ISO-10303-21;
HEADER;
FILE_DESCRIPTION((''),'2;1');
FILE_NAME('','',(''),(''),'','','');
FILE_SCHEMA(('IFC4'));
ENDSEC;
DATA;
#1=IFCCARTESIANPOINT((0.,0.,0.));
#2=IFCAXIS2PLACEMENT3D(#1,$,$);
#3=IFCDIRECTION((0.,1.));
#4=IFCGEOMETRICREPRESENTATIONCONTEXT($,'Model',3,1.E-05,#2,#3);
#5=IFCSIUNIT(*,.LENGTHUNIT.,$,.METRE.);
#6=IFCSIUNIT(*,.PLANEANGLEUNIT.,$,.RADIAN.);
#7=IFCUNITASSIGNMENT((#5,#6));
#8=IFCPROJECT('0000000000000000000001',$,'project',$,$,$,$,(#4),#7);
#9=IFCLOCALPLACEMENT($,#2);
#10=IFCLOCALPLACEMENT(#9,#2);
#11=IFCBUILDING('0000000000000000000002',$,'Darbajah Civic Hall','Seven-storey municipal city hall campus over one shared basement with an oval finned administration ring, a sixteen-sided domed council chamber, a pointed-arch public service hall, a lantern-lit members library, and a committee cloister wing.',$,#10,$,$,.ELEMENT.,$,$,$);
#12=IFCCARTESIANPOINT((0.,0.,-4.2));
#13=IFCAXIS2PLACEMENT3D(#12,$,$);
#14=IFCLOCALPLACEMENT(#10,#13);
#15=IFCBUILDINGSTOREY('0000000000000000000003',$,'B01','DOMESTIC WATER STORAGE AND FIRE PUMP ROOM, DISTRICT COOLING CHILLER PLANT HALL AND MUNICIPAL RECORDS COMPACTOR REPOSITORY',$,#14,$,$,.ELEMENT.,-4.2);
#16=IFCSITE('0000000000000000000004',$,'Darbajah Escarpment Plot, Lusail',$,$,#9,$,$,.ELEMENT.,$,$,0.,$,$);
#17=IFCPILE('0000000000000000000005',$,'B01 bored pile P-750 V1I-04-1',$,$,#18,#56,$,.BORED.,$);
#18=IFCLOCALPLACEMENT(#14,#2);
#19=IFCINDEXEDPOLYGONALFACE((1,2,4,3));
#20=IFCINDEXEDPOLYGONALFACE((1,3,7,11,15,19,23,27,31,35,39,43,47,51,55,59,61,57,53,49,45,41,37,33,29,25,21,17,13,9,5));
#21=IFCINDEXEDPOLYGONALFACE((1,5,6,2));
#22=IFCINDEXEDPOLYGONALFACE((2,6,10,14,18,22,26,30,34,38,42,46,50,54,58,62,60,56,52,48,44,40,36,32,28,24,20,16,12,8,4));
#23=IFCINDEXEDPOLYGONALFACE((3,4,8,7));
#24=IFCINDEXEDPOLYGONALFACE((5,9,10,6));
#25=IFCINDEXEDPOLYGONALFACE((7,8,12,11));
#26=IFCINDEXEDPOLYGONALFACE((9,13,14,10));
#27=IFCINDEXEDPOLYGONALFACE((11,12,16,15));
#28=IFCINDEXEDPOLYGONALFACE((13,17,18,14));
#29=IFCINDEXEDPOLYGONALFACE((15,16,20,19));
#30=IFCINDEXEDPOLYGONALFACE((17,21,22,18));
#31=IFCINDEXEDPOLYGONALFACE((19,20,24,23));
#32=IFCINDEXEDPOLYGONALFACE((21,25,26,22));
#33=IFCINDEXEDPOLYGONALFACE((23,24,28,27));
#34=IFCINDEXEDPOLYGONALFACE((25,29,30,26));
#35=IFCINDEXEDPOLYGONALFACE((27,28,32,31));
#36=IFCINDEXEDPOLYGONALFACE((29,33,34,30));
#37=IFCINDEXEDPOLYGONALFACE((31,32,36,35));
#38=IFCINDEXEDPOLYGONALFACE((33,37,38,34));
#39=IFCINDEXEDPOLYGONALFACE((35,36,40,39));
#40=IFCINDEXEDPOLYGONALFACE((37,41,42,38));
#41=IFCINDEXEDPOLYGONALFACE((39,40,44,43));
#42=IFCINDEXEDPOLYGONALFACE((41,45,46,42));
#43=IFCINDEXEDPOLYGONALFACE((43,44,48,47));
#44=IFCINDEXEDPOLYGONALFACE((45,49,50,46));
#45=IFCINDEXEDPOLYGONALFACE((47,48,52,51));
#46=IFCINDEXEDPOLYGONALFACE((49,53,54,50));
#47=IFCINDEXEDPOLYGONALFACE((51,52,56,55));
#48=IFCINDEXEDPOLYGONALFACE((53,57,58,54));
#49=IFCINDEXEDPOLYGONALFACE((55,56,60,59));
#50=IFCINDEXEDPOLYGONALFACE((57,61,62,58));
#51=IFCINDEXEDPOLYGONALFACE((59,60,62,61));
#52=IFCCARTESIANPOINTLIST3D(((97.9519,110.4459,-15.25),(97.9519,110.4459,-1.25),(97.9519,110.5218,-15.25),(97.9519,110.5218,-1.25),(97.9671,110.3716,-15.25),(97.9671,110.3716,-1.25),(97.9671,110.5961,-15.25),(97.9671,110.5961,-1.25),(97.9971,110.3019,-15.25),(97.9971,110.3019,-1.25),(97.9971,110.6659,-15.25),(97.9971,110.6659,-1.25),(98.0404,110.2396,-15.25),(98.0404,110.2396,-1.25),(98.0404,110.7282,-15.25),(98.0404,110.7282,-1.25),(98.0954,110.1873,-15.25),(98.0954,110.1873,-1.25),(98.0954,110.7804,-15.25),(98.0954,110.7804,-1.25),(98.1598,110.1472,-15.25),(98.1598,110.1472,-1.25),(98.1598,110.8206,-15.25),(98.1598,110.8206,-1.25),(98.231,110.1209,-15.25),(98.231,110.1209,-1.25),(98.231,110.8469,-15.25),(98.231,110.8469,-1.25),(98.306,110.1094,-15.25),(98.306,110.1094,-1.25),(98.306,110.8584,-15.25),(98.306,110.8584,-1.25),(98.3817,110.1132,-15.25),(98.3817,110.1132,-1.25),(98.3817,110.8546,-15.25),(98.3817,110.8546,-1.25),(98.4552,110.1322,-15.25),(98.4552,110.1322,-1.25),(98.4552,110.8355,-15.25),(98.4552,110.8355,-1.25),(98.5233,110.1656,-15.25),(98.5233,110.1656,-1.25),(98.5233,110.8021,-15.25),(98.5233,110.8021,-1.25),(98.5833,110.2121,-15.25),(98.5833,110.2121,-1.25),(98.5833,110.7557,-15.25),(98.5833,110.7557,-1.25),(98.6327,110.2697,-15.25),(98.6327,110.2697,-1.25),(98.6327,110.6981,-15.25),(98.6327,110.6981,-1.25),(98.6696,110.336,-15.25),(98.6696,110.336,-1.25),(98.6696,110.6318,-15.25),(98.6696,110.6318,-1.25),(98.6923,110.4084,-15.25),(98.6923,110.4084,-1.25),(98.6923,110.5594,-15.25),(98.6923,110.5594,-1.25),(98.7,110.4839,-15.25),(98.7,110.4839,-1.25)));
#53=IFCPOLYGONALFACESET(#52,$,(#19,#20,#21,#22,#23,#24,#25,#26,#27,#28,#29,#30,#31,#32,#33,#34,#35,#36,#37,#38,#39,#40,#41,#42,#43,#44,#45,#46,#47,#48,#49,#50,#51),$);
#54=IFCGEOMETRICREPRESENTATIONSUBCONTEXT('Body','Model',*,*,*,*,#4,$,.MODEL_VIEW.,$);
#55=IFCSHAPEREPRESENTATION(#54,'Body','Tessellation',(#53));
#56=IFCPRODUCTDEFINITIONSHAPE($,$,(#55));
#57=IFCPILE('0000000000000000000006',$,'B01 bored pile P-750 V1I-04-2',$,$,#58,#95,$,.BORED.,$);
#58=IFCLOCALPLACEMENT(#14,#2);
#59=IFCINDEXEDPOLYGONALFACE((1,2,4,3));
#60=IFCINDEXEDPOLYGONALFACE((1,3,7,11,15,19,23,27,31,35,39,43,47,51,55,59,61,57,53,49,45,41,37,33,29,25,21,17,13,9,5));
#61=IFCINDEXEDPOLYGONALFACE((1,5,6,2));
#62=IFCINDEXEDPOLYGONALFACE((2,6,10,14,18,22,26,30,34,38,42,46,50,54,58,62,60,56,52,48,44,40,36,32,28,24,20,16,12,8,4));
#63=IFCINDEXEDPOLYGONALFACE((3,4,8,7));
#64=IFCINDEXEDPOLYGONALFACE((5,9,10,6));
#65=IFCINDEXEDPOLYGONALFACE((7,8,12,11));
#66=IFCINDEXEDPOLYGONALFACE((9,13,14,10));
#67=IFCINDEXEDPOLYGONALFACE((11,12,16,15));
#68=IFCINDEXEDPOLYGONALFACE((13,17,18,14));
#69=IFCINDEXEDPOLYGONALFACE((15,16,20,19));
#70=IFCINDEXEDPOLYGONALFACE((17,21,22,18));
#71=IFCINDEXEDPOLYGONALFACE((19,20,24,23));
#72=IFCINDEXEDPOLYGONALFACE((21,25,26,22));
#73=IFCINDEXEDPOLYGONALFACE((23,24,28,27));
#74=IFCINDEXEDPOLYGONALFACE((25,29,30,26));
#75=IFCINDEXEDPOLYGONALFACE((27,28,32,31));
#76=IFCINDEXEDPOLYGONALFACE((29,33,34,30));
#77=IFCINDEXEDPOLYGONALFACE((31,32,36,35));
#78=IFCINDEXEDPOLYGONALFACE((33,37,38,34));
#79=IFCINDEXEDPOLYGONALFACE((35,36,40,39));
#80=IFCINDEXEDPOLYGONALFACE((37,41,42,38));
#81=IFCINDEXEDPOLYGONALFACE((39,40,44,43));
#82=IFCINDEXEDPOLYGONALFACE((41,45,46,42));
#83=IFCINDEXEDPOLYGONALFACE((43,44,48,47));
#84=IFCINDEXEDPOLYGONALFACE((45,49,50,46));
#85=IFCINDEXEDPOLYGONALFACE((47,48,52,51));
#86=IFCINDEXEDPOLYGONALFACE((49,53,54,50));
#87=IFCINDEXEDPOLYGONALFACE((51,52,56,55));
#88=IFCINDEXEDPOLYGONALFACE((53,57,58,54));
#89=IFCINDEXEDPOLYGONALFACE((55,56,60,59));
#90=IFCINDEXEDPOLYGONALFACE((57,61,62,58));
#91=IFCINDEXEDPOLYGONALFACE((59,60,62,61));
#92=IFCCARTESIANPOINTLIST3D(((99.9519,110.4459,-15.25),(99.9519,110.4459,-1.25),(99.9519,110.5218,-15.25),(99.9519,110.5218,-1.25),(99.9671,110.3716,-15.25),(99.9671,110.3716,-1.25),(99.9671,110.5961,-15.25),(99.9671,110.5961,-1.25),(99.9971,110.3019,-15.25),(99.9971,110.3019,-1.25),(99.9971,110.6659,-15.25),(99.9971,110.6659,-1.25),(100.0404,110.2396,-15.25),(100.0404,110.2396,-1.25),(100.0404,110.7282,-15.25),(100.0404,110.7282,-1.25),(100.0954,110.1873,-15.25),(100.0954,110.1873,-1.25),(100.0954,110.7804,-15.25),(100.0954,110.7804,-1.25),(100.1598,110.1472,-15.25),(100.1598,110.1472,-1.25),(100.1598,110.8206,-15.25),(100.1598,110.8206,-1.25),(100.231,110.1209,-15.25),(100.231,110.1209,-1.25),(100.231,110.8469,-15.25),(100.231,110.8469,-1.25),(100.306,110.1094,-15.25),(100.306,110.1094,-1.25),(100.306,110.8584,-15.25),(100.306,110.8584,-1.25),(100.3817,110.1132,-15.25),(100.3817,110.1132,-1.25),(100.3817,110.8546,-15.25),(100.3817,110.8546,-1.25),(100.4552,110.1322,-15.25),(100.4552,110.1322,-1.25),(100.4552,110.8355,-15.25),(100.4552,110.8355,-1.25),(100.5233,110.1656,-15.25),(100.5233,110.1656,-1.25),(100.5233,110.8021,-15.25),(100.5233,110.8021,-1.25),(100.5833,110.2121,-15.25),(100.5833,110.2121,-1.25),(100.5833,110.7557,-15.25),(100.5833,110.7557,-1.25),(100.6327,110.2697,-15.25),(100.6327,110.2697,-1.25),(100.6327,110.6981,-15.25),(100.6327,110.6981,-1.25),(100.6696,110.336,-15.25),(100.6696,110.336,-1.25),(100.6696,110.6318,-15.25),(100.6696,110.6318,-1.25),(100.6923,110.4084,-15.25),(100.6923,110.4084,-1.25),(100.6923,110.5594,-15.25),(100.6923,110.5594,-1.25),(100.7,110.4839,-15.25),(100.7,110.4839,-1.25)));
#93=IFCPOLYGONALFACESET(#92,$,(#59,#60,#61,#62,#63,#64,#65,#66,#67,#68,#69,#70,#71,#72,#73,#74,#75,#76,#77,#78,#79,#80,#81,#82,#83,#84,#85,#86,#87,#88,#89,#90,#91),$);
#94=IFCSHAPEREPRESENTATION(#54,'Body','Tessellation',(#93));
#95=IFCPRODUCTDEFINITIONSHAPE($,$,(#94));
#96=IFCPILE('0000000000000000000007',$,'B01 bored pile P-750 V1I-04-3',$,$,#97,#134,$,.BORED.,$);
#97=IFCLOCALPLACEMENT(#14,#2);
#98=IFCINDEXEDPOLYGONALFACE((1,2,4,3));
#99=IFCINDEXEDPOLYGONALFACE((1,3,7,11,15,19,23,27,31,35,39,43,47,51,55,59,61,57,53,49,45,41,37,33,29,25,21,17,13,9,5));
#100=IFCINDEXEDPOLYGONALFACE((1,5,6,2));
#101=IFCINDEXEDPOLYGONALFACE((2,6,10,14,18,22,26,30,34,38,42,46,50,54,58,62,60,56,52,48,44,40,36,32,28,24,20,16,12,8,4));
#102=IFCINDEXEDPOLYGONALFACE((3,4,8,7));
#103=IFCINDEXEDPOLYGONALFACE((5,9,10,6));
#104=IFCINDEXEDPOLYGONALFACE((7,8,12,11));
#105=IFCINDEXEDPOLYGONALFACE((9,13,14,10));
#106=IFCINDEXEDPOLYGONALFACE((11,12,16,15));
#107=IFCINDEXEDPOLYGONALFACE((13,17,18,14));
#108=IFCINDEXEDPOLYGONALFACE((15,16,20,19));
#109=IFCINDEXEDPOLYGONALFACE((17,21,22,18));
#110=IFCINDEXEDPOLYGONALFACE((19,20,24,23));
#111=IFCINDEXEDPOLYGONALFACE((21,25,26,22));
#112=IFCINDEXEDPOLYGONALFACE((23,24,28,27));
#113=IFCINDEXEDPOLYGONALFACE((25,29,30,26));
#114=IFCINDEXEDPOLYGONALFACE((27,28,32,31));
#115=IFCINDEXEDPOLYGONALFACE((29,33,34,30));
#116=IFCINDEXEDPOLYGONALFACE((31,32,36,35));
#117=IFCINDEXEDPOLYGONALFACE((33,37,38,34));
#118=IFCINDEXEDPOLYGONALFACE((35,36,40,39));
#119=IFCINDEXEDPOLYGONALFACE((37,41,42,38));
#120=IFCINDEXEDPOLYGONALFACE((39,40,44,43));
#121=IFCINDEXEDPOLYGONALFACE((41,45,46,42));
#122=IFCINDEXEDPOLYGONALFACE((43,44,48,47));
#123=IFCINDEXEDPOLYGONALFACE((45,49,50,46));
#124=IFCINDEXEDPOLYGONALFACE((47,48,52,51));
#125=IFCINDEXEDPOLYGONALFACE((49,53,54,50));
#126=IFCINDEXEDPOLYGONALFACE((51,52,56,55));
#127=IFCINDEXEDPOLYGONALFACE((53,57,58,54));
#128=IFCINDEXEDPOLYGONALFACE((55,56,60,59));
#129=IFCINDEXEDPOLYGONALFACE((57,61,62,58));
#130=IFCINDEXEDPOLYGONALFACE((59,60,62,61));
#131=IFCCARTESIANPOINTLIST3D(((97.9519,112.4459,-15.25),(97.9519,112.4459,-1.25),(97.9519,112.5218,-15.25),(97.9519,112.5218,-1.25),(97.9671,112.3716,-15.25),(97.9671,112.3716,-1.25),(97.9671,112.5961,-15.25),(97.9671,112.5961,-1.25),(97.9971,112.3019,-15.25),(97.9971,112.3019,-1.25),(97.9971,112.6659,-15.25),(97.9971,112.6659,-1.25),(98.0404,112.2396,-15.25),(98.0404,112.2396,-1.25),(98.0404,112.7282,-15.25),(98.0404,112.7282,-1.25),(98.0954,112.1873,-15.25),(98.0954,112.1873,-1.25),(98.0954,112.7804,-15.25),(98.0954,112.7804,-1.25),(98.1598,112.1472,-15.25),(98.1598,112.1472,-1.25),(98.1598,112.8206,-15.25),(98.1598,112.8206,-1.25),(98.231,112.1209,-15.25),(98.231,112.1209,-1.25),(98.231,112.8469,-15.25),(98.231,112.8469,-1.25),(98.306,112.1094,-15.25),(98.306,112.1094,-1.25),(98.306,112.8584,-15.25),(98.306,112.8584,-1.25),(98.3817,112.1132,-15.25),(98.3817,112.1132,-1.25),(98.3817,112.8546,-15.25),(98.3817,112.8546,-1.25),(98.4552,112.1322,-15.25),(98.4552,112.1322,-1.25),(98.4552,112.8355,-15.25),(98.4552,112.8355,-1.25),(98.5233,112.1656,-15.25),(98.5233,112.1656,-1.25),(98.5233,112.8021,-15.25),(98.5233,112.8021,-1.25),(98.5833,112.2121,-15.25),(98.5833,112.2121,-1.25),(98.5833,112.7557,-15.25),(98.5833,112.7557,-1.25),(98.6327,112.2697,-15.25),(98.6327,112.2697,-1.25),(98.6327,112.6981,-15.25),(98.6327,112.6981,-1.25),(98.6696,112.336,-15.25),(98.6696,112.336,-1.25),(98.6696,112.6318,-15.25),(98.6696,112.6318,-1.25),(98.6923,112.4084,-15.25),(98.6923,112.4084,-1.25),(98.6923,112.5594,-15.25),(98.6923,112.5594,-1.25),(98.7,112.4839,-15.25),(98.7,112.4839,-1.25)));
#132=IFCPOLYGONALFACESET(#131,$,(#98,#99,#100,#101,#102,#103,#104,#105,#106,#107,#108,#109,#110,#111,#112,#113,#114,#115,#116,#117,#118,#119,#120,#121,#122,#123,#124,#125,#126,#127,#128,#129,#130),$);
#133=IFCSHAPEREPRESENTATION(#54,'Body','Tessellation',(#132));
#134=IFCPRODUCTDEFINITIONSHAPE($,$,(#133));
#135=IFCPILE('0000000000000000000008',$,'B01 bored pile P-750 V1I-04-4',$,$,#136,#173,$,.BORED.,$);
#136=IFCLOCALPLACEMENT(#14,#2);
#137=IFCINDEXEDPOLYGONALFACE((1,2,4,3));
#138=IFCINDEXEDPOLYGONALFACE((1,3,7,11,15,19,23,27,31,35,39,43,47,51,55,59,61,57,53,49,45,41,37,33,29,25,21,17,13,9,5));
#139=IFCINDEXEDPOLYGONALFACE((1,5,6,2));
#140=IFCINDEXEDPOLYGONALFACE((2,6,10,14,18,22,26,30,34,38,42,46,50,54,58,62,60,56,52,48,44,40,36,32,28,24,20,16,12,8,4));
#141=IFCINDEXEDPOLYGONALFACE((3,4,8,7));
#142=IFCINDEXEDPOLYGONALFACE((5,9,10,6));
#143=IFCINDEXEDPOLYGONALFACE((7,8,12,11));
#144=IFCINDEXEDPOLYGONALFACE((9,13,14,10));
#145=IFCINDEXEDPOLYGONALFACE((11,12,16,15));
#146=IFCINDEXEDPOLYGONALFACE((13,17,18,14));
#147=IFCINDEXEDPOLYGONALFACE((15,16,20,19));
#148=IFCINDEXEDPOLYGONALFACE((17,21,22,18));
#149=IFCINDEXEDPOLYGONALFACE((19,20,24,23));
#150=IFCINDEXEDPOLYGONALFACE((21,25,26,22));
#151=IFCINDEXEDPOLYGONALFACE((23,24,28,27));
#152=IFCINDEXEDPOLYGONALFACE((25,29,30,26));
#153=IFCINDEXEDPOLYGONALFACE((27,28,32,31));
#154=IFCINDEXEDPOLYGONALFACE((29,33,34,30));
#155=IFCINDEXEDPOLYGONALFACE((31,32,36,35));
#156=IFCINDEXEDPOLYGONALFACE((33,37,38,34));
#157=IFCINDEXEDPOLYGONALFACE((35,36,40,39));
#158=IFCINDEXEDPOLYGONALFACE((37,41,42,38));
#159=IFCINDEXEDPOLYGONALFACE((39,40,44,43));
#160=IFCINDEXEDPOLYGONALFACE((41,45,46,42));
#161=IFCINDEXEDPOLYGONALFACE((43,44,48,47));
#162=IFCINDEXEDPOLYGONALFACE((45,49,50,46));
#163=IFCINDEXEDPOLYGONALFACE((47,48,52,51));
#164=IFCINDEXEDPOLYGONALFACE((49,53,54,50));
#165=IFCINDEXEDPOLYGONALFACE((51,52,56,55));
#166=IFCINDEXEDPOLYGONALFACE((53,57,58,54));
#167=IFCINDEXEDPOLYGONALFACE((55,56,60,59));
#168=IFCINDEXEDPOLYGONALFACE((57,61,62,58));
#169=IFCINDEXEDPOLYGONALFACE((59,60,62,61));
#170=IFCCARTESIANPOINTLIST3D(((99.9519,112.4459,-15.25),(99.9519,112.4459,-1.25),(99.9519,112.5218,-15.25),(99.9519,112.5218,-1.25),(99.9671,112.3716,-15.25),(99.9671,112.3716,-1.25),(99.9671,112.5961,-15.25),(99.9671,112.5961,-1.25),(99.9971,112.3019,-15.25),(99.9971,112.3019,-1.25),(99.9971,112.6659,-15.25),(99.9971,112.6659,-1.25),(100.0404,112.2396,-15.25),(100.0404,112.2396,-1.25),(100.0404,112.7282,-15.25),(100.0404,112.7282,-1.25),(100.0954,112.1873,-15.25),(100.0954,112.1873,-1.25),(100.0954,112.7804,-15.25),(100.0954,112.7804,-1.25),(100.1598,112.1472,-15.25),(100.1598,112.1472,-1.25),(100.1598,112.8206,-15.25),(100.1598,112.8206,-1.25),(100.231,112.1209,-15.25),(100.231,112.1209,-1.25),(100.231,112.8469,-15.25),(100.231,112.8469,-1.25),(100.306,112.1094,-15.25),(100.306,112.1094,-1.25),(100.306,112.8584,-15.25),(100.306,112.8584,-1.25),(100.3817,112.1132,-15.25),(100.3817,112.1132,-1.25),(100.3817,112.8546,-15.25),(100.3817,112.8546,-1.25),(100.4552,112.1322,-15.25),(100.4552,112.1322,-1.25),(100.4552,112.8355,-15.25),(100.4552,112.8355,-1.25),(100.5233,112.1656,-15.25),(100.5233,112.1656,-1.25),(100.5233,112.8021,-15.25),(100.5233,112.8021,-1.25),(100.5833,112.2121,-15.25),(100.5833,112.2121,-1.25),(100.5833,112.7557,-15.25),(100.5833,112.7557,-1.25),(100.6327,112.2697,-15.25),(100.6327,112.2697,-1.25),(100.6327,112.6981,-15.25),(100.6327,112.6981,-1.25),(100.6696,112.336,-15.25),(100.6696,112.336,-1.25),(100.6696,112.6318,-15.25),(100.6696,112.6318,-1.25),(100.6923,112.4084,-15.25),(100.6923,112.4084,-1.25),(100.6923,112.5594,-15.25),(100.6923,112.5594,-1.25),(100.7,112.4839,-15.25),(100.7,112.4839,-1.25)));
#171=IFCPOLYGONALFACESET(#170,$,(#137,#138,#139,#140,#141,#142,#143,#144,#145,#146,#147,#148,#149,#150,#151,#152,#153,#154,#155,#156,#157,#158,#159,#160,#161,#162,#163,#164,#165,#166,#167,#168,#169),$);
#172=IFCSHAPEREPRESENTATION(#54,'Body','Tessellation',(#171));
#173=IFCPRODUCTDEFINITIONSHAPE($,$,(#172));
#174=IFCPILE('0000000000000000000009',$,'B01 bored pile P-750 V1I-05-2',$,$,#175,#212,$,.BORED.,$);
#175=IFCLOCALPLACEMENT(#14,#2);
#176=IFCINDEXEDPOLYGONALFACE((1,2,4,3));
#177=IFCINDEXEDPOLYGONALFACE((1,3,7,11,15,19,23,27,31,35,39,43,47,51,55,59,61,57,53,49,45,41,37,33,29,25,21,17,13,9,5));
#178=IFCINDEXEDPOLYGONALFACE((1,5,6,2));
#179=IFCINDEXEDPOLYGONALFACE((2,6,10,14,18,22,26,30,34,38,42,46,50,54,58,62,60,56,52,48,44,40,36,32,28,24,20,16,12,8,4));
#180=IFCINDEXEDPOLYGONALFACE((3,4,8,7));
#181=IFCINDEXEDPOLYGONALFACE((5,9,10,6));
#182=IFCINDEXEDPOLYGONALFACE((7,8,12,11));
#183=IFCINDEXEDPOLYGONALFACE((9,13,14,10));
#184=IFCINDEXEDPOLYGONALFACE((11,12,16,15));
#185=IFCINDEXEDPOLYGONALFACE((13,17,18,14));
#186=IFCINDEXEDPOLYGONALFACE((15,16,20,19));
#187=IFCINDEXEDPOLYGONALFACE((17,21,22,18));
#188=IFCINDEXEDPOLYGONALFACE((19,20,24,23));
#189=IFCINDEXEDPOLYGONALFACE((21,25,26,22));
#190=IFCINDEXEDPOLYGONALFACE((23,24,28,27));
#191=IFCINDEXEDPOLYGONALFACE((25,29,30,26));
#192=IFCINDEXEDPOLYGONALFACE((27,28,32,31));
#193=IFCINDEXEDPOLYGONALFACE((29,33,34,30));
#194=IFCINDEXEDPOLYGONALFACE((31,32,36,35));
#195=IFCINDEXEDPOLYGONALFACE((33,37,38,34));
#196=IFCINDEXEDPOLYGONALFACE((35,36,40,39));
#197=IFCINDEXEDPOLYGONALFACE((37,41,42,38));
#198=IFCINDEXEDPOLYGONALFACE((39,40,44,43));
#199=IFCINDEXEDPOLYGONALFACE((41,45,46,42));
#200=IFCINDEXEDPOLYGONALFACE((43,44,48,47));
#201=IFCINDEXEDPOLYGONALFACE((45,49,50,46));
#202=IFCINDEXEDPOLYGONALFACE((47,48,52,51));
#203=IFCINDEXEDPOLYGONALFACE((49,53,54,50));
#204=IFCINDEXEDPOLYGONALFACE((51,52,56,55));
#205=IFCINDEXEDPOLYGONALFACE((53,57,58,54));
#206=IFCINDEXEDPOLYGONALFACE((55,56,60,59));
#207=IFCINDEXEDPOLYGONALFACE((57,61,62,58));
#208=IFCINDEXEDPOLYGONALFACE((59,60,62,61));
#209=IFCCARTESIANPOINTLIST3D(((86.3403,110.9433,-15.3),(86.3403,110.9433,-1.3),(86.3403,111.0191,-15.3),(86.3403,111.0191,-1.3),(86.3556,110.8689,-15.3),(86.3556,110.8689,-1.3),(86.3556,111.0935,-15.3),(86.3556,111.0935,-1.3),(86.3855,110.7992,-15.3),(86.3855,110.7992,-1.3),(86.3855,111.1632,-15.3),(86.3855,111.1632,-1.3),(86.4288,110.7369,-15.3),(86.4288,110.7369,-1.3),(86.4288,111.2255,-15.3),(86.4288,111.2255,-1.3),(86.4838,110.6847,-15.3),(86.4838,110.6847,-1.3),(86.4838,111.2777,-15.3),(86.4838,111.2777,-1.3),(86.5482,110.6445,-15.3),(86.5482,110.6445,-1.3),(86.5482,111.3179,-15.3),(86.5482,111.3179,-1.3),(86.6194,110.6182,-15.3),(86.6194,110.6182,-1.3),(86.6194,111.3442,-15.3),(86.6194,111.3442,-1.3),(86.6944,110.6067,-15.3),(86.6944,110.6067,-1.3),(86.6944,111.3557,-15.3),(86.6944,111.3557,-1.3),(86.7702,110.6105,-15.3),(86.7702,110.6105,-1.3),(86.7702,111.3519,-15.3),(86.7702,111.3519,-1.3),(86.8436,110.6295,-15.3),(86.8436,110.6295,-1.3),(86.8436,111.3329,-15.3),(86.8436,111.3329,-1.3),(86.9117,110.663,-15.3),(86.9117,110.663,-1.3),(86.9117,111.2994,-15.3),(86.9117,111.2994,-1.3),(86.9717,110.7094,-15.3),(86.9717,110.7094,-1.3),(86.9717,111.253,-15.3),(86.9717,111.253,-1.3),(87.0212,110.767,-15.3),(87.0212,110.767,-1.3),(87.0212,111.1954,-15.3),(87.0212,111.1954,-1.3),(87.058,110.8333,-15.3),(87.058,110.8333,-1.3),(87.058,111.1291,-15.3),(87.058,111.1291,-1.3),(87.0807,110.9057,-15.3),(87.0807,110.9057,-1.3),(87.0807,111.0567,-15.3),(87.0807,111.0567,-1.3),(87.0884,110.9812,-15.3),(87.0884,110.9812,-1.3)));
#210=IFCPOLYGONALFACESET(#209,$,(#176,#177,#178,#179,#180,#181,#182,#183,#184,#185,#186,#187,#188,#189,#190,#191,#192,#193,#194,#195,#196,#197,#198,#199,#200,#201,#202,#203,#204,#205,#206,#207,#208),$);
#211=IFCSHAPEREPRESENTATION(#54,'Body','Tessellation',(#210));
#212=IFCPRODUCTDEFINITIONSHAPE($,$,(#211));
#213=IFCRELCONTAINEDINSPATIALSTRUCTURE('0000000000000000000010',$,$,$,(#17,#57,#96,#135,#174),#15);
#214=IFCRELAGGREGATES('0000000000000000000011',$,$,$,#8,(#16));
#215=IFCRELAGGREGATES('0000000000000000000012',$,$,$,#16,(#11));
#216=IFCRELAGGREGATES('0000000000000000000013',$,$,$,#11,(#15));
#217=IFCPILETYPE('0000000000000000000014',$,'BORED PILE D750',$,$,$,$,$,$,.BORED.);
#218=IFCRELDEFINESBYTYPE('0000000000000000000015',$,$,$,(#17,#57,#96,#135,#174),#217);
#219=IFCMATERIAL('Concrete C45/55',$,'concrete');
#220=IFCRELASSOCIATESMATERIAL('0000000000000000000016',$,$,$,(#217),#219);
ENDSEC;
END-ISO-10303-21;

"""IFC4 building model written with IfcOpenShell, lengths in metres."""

from ifc_helpers import new_model, si_unit, direction, frame, origin, origin_2d, place, context, subcontext, project, spatial, circle, extrude, material, material_profile, profile_set, type_object, element, save


model = new_model("IFC4")

# Units and contexts
model_context = context("Model", 3, precision=1e-05, world=origin(), true_north=direction((0.0, 1.0)))
body_context = subcontext(model_context, "Body", "Model", "MODEL_VIEW")
ifc_project = project(units=[si_unit("LENGTHUNIT", "METRE"), si_unit("PLANEANGLEUNIT", "RADIAN")], contexts=[model_context])

# Site, building, storey
site_placement = place(None, origin())
site = spatial("IfcSite", under=ifc_project, at=site_placement, Name="Darbajah Escarpment Plot, Lusail", CompositionType="ELEMENT", RefElevation=0.0)
building_placement = place(site_placement, origin())
building = spatial("IfcBuilding", under=site, at=building_placement, Name="Darbajah Civic Hall", Description="Seven-storey municipal city hall campus over one shared basement with an oval finned administration ring, a sixteen-sided domed council chamber, a pointed-arch public service hall, a lantern-lit members library, and a committee cloister wing.", CompositionType="ELEMENT")
storey_placement = place(building_placement, frame((0.0, 0.0, -4.2)))
storey = spatial("IfcBuildingStorey", under=building, at=storey_placement, Name="B01", Description="DOMESTIC WATER STORAGE AND FIRE PUMP ROOM, DISTRICT COOLING CHILLER PLANT HALL AND MUNICIPAL RECORDS COMPACTOR REPOSITORY", CompositionType="ELEMENT", Elevation=-4.2)

# Piles
ifc_material_1 = material(Name="Concrete C45/55", Category="concrete")
ifc_material_profile_1 = material_profile(ifc_material_1, circle(Radius=0.375, at=origin_2d()), Name="BORED PILE D750")
ifc_profile_set_1 = profile_set([ifc_material_profile_1], Name="Concrete C45/55")
pile_type_1 = type_object("IfcPileType", Name="BORED PILE D750", PredefinedType="BORED", material=ifc_profile_set_1)
for number, where, z_axis, x_axis, name in (
    (1, (98.325, 110.4839, -1.25), (0.0, 0.0, -1.0), (1.0, 0.0, 0.0), "B01 bored pile P-750 V1I-04-1"),
    (2, (100.325, 110.4839, -1.25), (0.0, 0.0, -1.0), (1.0, 0.0, 0.0), "B01 bored pile P-750 V1I-04-2"),
    (3, (98.325, 112.4839, -1.25), (0.0, 0.0, -1.0), (1.0, 0.0, 0.0), "B01 bored pile P-750 V1I-04-3"),
    (4, (100.325, 112.4839, -1.25), (0.0, 0.0, -1.0), (1.0, 0.0, 0.0), "B01 bored pile P-750 V1I-04-4"),
    (5, (86.7134, 110.9812, -1.3), (0.0, 0.0, -1.0), (1.0, 0.0, 0.0), "B01 bored pile P-750 V1I-05-2"),
):
    element("IfcPile", number, at=place(storey_placement, frame(where, z_axis=z_axis, x_axis=x_axis)), inside=storey, type_object=pile_type_1, Name=name, PredefinedType="BORED", context=body_context, shape_type="SweptSolid", body=[
        extrude(circle(Radius=0.375, at=origin_2d()), origin(), (0.0, 0.0, 1.0), 14.0),
    ])

save(model, "model.ifc")
